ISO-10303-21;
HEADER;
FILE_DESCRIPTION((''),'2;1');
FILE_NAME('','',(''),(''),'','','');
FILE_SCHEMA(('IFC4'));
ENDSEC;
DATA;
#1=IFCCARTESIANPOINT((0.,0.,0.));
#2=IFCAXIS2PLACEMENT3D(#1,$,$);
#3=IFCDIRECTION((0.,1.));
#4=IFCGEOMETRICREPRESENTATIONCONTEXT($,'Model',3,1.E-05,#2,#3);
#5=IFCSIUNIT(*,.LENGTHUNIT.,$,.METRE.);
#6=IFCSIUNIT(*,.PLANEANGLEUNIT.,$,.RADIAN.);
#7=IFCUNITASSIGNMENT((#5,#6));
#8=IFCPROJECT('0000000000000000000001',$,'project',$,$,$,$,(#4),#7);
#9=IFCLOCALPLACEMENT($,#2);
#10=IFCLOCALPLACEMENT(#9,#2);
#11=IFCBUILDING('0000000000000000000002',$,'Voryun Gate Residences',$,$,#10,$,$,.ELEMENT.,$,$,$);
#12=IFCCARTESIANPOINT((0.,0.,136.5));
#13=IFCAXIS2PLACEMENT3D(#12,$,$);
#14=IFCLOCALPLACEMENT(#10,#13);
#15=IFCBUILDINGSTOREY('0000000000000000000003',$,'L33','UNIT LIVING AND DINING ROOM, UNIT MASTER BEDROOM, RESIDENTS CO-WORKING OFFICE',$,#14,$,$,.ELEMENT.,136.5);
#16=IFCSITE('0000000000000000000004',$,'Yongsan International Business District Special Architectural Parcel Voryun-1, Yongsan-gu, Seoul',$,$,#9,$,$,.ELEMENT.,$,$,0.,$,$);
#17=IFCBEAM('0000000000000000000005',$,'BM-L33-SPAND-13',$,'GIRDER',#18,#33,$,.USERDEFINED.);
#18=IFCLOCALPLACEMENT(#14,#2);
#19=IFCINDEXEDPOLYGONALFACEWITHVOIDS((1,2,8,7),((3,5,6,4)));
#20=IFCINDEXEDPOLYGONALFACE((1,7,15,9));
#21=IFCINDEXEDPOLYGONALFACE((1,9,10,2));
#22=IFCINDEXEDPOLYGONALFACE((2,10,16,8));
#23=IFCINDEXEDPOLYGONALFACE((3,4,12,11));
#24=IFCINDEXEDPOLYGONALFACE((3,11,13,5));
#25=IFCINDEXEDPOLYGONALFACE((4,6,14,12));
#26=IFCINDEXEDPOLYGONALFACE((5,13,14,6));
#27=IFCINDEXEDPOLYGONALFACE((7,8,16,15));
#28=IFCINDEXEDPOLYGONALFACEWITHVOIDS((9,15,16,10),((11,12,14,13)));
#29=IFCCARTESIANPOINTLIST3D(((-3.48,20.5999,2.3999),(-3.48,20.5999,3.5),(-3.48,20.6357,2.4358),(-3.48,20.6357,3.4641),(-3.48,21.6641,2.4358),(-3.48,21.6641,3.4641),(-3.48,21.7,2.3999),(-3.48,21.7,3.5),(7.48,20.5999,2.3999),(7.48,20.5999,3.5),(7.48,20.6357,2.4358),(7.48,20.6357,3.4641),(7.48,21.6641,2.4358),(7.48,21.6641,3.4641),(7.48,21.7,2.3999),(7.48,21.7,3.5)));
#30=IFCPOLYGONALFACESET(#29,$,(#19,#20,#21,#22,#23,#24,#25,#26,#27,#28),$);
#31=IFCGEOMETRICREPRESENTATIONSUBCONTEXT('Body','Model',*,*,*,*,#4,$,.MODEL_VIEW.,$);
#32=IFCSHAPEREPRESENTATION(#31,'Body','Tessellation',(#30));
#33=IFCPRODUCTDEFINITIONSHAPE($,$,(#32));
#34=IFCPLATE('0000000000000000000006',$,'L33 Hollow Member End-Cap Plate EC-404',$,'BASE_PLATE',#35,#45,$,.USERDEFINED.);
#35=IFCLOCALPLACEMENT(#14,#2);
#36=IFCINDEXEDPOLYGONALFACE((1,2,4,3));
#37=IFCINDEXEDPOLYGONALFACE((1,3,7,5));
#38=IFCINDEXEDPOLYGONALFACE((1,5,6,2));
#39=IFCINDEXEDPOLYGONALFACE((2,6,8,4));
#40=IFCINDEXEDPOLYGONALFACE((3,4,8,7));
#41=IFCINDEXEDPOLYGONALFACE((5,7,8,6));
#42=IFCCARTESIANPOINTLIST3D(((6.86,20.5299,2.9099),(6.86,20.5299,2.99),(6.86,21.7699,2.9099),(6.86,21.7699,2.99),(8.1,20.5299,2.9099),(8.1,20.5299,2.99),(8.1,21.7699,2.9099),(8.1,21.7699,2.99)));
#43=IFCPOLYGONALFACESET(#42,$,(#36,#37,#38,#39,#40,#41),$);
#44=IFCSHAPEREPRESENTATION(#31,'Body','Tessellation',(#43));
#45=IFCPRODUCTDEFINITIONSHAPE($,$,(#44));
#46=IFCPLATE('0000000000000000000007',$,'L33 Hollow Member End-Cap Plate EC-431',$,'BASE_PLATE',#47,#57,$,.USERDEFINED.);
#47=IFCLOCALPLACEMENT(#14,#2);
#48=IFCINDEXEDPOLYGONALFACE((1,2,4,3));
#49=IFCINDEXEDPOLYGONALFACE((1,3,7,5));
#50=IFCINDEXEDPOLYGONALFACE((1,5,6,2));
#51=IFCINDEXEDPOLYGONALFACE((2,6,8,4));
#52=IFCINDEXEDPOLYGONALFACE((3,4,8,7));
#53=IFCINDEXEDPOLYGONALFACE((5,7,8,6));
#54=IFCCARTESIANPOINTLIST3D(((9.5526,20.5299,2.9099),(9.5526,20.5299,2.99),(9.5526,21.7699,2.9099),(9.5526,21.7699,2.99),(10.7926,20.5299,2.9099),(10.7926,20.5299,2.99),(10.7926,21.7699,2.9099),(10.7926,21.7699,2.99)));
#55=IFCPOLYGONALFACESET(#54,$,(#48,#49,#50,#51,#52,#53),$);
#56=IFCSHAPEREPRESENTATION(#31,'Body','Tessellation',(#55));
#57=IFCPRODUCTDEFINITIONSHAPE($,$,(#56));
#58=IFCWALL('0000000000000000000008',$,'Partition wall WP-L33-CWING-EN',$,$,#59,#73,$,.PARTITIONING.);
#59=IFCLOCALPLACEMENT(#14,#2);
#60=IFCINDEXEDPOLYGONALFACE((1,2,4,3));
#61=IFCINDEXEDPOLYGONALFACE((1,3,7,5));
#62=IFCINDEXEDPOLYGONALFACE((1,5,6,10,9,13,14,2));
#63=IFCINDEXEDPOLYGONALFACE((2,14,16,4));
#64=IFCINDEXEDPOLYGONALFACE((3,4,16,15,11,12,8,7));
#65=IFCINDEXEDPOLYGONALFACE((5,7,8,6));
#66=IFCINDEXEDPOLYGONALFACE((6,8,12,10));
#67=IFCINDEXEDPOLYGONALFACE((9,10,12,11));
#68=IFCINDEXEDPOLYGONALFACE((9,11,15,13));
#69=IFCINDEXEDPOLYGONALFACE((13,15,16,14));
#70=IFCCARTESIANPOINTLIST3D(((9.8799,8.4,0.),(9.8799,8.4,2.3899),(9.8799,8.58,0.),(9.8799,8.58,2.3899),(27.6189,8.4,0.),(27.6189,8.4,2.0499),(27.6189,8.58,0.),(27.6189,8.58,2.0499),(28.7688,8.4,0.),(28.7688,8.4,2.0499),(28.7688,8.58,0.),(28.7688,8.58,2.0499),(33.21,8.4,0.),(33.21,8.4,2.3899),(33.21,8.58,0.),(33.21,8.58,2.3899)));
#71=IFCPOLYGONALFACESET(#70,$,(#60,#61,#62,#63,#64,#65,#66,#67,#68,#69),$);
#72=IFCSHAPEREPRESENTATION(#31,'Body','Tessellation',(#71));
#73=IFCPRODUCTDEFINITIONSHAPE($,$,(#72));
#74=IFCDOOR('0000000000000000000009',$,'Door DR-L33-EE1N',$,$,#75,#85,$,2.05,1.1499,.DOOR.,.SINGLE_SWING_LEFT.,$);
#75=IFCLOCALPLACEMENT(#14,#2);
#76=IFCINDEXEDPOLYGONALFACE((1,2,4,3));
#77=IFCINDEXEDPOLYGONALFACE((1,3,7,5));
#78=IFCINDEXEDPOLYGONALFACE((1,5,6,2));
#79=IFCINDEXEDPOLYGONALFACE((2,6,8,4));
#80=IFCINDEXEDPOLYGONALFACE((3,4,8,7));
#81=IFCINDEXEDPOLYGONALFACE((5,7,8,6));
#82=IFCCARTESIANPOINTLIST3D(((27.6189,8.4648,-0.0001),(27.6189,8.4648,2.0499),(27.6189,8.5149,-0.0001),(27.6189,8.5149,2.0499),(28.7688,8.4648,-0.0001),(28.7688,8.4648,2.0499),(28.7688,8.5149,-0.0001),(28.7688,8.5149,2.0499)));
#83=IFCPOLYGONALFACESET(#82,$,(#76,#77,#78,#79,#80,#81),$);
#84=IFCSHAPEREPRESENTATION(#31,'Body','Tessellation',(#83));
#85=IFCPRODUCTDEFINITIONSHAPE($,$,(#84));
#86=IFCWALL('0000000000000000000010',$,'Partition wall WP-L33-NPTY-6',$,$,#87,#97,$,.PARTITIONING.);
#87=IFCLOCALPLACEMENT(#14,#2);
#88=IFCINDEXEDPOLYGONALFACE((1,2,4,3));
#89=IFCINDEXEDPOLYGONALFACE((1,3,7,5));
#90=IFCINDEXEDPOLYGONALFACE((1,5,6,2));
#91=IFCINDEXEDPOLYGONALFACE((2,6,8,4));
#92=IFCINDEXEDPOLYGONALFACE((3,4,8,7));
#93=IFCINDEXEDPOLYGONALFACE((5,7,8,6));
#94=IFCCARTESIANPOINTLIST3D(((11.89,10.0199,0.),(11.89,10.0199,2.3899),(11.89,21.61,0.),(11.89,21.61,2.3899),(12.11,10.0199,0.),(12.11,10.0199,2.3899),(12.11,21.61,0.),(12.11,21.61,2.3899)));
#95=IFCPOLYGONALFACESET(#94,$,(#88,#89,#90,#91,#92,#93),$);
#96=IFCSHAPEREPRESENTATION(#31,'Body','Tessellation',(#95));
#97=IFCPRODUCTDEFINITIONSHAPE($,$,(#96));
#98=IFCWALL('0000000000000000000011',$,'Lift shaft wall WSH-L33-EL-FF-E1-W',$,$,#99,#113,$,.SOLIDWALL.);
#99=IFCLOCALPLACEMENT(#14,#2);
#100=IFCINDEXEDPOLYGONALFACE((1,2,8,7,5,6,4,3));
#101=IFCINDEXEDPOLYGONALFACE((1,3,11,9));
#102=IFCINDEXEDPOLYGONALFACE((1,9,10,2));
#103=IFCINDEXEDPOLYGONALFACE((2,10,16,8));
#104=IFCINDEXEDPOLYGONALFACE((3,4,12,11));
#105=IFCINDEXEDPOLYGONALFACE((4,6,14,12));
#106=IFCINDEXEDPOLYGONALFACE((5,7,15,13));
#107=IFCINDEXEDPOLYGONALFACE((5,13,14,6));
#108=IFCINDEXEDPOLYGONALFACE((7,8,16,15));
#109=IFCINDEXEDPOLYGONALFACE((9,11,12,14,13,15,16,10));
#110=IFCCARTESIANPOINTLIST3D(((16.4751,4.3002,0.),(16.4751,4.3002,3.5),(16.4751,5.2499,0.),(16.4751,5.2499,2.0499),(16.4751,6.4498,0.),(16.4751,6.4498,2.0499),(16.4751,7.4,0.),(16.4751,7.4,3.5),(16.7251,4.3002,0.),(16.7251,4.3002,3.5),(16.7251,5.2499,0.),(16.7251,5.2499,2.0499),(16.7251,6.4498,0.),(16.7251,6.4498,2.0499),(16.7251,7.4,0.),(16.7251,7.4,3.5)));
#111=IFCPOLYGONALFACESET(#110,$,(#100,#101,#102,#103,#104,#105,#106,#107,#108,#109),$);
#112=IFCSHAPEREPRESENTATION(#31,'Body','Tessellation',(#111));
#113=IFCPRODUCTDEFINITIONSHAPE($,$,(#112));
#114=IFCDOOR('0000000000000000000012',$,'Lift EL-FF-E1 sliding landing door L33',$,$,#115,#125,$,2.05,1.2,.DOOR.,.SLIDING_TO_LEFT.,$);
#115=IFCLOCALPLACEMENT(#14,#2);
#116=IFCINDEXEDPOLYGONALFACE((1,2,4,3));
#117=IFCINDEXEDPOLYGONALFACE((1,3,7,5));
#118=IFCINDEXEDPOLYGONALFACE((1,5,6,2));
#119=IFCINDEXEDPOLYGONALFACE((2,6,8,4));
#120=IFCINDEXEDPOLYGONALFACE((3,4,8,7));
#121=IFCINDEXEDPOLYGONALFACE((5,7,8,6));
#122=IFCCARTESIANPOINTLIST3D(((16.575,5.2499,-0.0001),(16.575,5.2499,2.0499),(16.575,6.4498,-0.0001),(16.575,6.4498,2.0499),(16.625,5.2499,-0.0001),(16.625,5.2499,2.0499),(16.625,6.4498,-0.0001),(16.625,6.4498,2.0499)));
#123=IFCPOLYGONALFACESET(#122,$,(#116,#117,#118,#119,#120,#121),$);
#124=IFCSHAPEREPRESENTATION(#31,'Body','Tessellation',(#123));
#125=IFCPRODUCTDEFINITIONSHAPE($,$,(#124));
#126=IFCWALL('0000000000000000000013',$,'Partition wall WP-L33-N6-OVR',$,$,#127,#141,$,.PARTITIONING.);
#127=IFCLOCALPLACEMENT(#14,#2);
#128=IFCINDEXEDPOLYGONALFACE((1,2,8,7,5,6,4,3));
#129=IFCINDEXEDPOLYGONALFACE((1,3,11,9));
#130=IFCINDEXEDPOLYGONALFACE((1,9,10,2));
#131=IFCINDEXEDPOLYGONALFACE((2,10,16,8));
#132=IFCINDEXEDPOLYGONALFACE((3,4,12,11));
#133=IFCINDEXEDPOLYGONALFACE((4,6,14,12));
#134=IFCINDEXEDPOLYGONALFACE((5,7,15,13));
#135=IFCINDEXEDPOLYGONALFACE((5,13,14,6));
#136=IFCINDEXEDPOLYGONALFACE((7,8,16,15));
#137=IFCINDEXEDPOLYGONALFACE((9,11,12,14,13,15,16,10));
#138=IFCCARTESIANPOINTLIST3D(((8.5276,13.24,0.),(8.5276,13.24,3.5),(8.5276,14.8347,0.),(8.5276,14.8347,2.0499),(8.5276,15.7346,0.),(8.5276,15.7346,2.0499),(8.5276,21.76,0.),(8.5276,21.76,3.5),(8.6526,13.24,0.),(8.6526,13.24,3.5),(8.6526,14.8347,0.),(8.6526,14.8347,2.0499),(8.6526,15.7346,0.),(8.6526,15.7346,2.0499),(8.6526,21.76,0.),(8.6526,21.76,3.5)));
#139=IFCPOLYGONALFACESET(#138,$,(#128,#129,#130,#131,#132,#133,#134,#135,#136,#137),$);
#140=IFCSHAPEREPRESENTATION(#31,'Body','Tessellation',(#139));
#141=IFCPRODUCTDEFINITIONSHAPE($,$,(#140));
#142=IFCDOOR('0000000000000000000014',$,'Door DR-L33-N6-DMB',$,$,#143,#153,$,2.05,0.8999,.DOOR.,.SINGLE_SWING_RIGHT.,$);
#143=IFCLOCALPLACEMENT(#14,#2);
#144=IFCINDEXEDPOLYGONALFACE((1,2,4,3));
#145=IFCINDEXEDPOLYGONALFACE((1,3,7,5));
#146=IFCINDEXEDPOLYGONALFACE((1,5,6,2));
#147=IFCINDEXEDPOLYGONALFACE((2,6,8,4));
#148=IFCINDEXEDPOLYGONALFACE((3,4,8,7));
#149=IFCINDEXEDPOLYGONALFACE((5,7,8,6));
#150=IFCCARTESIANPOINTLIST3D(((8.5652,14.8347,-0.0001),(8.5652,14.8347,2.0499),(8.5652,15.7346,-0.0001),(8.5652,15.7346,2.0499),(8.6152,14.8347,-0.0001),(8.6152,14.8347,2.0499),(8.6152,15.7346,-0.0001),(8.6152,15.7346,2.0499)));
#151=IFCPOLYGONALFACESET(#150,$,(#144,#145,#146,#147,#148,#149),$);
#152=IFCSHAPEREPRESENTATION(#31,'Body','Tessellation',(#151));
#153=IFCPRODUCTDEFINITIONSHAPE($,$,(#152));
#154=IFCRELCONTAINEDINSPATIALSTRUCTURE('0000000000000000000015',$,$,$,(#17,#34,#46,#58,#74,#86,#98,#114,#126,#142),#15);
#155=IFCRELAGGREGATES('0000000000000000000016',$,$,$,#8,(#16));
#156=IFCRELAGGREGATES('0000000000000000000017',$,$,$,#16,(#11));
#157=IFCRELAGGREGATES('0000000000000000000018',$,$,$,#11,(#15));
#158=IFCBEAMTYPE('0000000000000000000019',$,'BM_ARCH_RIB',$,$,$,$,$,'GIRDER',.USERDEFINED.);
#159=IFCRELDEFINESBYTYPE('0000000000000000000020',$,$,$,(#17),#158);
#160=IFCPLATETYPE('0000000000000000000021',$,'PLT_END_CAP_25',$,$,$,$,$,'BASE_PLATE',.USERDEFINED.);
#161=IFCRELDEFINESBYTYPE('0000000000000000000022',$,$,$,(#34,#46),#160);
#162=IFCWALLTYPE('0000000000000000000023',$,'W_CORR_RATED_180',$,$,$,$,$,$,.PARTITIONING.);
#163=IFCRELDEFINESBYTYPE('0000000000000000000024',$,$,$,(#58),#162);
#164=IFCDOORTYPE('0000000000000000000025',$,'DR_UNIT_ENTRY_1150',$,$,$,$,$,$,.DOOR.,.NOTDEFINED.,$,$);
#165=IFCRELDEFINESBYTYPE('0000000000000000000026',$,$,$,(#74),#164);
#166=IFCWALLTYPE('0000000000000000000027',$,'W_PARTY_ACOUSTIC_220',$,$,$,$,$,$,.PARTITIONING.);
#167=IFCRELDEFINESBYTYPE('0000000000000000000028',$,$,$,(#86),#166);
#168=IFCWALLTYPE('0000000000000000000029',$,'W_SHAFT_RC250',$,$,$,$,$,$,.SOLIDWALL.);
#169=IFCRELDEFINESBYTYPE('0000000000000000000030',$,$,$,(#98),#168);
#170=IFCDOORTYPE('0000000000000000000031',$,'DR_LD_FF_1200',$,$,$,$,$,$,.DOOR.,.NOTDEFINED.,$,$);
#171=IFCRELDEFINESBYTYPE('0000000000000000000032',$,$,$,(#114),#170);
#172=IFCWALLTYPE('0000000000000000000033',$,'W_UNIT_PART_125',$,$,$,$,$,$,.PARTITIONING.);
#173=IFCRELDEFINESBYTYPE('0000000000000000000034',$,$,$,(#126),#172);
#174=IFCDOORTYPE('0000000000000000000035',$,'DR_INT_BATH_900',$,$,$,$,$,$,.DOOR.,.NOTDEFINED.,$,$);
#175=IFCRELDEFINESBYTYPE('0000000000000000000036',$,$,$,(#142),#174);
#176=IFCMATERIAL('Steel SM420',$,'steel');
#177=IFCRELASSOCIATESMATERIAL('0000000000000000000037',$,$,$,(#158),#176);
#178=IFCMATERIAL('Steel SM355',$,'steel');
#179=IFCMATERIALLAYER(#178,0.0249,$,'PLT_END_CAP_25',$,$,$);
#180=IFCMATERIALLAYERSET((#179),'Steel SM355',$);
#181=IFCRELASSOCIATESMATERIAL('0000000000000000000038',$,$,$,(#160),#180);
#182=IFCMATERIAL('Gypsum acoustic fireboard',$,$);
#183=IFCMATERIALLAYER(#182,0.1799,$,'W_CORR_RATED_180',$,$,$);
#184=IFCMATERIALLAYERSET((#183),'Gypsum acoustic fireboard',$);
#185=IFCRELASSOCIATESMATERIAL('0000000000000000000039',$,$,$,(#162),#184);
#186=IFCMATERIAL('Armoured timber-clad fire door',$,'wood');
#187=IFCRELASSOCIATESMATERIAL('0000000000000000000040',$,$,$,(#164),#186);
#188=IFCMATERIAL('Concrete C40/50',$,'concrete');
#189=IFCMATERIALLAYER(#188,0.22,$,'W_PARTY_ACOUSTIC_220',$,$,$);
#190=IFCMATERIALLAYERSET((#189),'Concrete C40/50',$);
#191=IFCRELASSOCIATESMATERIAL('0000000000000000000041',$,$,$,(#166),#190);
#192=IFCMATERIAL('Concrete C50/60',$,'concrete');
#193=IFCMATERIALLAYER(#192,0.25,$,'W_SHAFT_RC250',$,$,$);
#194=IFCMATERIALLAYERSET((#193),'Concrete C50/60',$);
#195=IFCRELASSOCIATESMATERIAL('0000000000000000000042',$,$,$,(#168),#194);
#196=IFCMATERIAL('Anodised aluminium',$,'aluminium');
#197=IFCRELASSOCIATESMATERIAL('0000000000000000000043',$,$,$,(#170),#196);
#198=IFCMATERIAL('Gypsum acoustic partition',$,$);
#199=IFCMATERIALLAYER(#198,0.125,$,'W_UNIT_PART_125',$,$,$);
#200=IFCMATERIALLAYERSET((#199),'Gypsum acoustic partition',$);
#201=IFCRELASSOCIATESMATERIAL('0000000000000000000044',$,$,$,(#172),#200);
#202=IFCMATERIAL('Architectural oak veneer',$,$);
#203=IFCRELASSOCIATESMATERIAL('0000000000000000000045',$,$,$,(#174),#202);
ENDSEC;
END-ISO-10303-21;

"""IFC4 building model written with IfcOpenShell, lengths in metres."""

from ifc_helpers import new_model, si_unit, direction, frame, frame_2d, origin, origin_2d, place, context, subcontext, project, spatial, rectangle, hollow_rectangle, extrude, material, layer, layer_set, material_profile, profile_set, type_object, element, fill, save


model = new_model("IFC4")

# Units and contexts
model_context = context("Model", 3, precision=1e-05, world=origin(), true_north=direction((0.0, 1.0)))
body_context = subcontext(model_context, "Body", "Model", "MODEL_VIEW")
ifc_project = project(units=[si_unit("LENGTHUNIT", "METRE"), si_unit("PLANEANGLEUNIT", "RADIAN")], contexts=[model_context])

# Site, building, storey
site_placement = place(None, origin())
site = spatial("IfcSite", under=ifc_project, at=site_placement, Name="Yongsan International Business District Special Architectural Parcel Voryun-1, Yongsan-gu, Seoul", CompositionType="ELEMENT", RefElevation=0.0)
building_placement = place(site_placement, origin())
building = spatial("IfcBuilding", under=site, at=building_placement, Name="Voryun Gate Residences", CompositionType="ELEMENT")
storey_placement = place(building_placement, frame((0.0, 0.0, 136.5)))
storey = spatial("IfcBuildingStorey", under=building, at=storey_placement, Name="L33", Description="UNIT LIVING AND DINING ROOM, UNIT MASTER BEDROOM, RESIDENTS CO-WORKING OFFICE", CompositionType="ELEMENT", Elevation=136.5)

# Beam
ifc_material_1 = material(Name="Steel SM420", Category="steel")
ifc_material_profile = material_profile(ifc_material_1, hollow_rectangle(XDim=1.1001, YDim=1.1001, WallThickness=0.0359, at=origin_2d()), Name="BOX-1100x1100x36")
ifc_profile_set = profile_set([ifc_material_profile], Name="Steel SM420")
beam_type = type_object("IfcBeamType", Name="BM_ARCH_RIB", ElementType="GIRDER", PredefinedType="USERDEFINED", material=ifc_profile_set)
beam_placement = place(storey_placement, frame((7.48, 21.1499, 2.95), z_axis=(-1.0, 0.0, 0.0), x_axis=(0.0, -1.0, 0.0)))
element("IfcBeam", 1, at=beam_placement, inside=storey, type_object=beam_type, Name="BM-L33-SPAND-13", ObjectType="GIRDER", PredefinedType="USERDEFINED", context=body_context, shape_type="SweptSolid", body=[
    extrude(hollow_rectangle(XDim=1.1001, YDim=1.1001, WallThickness=0.0359, at=origin_2d()), origin(), (0.0, 0.0, 1.0), 10.96),
])

# Plates
ifc_material_2 = material(Name="Steel SM355", Category="steel")
ifc_layer_1 = layer(ifc_material_2, 0.0249, Name="PLT_END_CAP_25")
ifc_layer_set_1 = layer_set([ifc_layer_1], Name="Steel SM355")
plate_type = type_object("IfcPlateType", Name="PLT_END_CAP_25", ElementType="BASE_PLATE", PredefinedType="USERDEFINED", material=ifc_layer_set_1)
for number, where, z_axis, x_axis, name in (
    (2, (7.48, 21.1499, 2.9099), (0.0, 0.0, 1.0), (1.0, 0.0, 0.0), "L33 Hollow Member End-Cap Plate EC-404"),
    (3, (10.1726, 21.1499, 2.9099), (0.0, 0.0, 1.0), (1.0, 0.0, 0.0), "L33 Hollow Member End-Cap Plate EC-431"),
):
    element("IfcPlate", number, at=place(storey_placement, frame(where, z_axis=z_axis, x_axis=x_axis)), inside=storey, type_object=plate_type, Name=name, ObjectType="BASE_PLATE", PredefinedType="USERDEFINED", context=body_context, shape_type="SweptSolid", body=[
        extrude(rectangle(XDim=1.24, YDim=1.24, at=origin_2d()), origin(), (0.0, 0.0, 1.0), 0.0801),
    ])

# Wall, opening, door
ifc_material_3 = material(Name="Gypsum acoustic fireboard")
ifc_layer_2 = layer(ifc_material_3, 0.1799, Name="W_CORR_RATED_180")
ifc_layer_set_2 = layer_set([ifc_layer_2], Name="Gypsum acoustic fireboard")
wall_type_1 = type_object("IfcWallType", Name="W_CORR_RATED_180", PredefinedType="PARTITIONING", material=ifc_layer_set_2)
wall_1_placement = place(storey_placement, frame((9.8799, 8.49, 0.0), z_axis=(0.0, 0.0, 1.0), x_axis=(1.0, 0.0, 0.0)))
wall_1 = element("IfcWall", 4, at=wall_1_placement, inside=storey, type_object=wall_type_1, Name="Partition wall WP-L33-CWING-EN", PredefinedType="PARTITIONING", context=body_context, shape_type="SweptSolid", body=[
    extrude(rectangle(XDim=23.3301, YDim=0.1799, at=frame_2d((11.665, 0.0))), origin(), (0.0, 0.0, 1.0), 2.3899),
])
opening_1_placement = place(wall_1_placement, frame((17.739, 0.0, 0.0)))
opening_1 = element("IfcOpeningElement", 5, at=opening_1_placement, cuts=wall_1, PredefinedType="OPENING", context=body_context, shape_type="SweptSolid", body=[
    extrude(rectangle(XDim=1.1499, YDim=2.05, at=frame_2d((0.575, 1.0249))), frame((0.0, 0.0999, 0.0), z_axis=(0.0, -1.0, 0.0), x_axis=(1.0, 0.0, 0.0)), (0.0, 0.0, 1.0), 0.2),
])
ifc_material_4 = material(Name="Armoured timber-clad fire door", Category="wood")
door_type_1 = type_object("IfcDoorType", Name="DR_UNIT_ENTRY_1150", OperationType="NOTDEFINED", PredefinedType="DOOR", material=ifc_material_4)
door_1_placement = place(opening_1_placement, origin())
door_1 = element("IfcDoor", 6, at=door_1_placement, inside=storey, type_object=door_type_1, Name="Door DR-L33-EE1N", OperationType="SINGLE_SWING_LEFT", OverallHeight=2.05, OverallWidth=1.1499, PredefinedType="DOOR", context=body_context, shape_type="SweptSolid", body=[
    extrude(rectangle(XDim=1.1499, YDim=2.05, at=frame_2d((0.575, 1.0249))), frame((0.0, 0.0249, 0.0), z_axis=(0.0, -1.0, 0.0), x_axis=(1.0, 0.0, 0.0)), (0.0, 0.0, 1.0), 0.05),
])
fill(opening_1, door_1)

# Wall
ifc_material_5 = material(Name="Concrete C40/50", Category="concrete")
ifc_layer_3 = layer(ifc_material_5, 0.22, Name="W_PARTY_ACOUSTIC_220")
ifc_layer_set_3 = layer_set([ifc_layer_3], Name="Concrete C40/50")
wall_type_2 = type_object("IfcWallType", Name="W_PARTY_ACOUSTIC_220", PredefinedType="PARTITIONING", material=ifc_layer_set_3)
wall_2_placement = place(storey_placement, frame((12.0, 10.02, 0.0), z_axis=(0.0, 0.0, 1.0), x_axis=(0.0, 1.0, 0.0)))
element("IfcWall", 7, at=wall_2_placement, inside=storey, type_object=wall_type_2, Name="Partition wall WP-L33-NPTY-6", PredefinedType="PARTITIONING", context=body_context, shape_type="SweptSolid", body=[
    extrude(rectangle(XDim=11.5901, YDim=0.22, at=frame_2d((5.7949, 0.0))), origin(), (0.0, 0.0, 1.0), 2.3899),
])

# Walls, openings, doors
ifc_material_6 = material(Name="Concrete C50/60", Category="concrete")
ifc_layer_4 = layer(ifc_material_6, 0.25, Name="W_SHAFT_RC250")
ifc_layer_set_4 = layer_set([ifc_layer_4], Name="Concrete C50/60")
wall_type_3 = type_object("IfcWallType", Name="W_SHAFT_RC250", PredefinedType="SOLIDWALL", material=ifc_layer_set_4)
wall_3_placement = place(storey_placement, frame((16.6001, 7.3999, 0.0), z_axis=(0.0, 0.0, 1.0), x_axis=(0.0, -1.0, 0.0)))
wall_3 = element("IfcWall", 8, at=wall_3_placement, inside=storey, type_object=wall_type_3, Name="Lift shaft wall WSH-L33-EL-FF-E1-W", PredefinedType="SOLIDWALL", context=body_context, shape_type="SweptSolid", body=[
    extrude(rectangle(XDim=3.0999, YDim=0.25, at=frame_2d((1.5498, 0.0))), origin(), (0.0, 0.0, 1.0), 3.5),
])
opening_2_placement = place(wall_3_placement, frame((0.95, 0.0, 0.0)))
opening_2 = element("IfcOpeningElement", 9, at=opening_2_placement, cuts=wall_3, PredefinedType="OPENING", context=body_context, shape_type="SweptSolid", body=[
    extrude(rectangle(XDim=1.2, YDim=2.05, at=frame_2d((0.6001, 1.0249))), frame((0.0, 0.135, 0.0), z_axis=(0.0, -1.0, 0.0), x_axis=(1.0, 0.0, 0.0)), (0.0, 0.0, 1.0), 0.27),
])
ifc_material_7 = material(Name="Anodised aluminium", Category="aluminium")
door_type_2 = type_object("IfcDoorType", Name="DR_LD_FF_1200", OperationType="NOTDEFINED", PredefinedType="DOOR", material=ifc_material_7)
door_2_placement = place(opening_2_placement, origin())
door_2 = element("IfcDoor", 10, at=door_2_placement, inside=storey, type_object=door_type_2, Name="Lift EL-FF-E1 sliding landing door L33", OperationType="SLIDING_TO_LEFT", OverallHeight=2.05, OverallWidth=1.2, PredefinedType="DOOR", context=body_context, shape_type="SweptSolid", body=[
    extrude(rectangle(XDim=1.2, YDim=2.05, at=frame_2d((0.6001, 1.0249))), frame((0.0, 0.0249, 0.0), z_axis=(0.0, -1.0, 0.0), x_axis=(1.0, 0.0, 0.0)), (0.0, 0.0, 1.0), 0.05),
])
fill(opening_2, door_2)
ifc_material_8 = material(Name="Gypsum acoustic partition")
ifc_layer_5 = layer(ifc_material_8, 0.125, Name="W_UNIT_PART_125")
ifc_layer_set_5 = layer_set([ifc_layer_5], Name="Gypsum acoustic partition")
wall_type_4 = type_object("IfcWallType", Name="W_UNIT_PART_125", PredefinedType="PARTITIONING", material=ifc_layer_set_5)
wall_4_placement = place(storey_placement, frame((8.5901, 13.24, 0.0), z_axis=(0.0, 0.0, 1.0), x_axis=(0.0, 1.0, 0.0)))
wall_4 = element("IfcWall", 11, at=wall_4_placement, inside=storey, type_object=wall_type_4, Name="Partition wall WP-L33-N6-OVR", PredefinedType="PARTITIONING", context=body_context, shape_type="SweptSolid", body=[
    extrude(rectangle(XDim=8.52, YDim=0.125, at=frame_2d((4.26, 0.0))), origin(), (0.0, 0.0, 1.0), 3.5),
])
opening_3_placement = place(wall_4_placement, frame((1.5947, 0.0, 0.0)))
opening_3 = element("IfcOpeningElement", 12, at=opening_3_placement, cuts=wall_4, PredefinedType="OPENING", context=body_context, shape_type="SweptSolid", body=[
    extrude(rectangle(XDim=0.8999, YDim=2.05, at=frame_2d((0.45, 1.0249))), frame((0.0, 0.0725, 0.0), z_axis=(0.0, -1.0, 0.0), x_axis=(1.0, 0.0, 0.0)), (0.0, 0.0, 1.0), 0.145),
])
ifc_material_9 = material(Name="Architectural oak veneer")
door_type_3 = type_object("IfcDoorType", Name="DR_INT_BATH_900", OperationType="NOTDEFINED", PredefinedType="DOOR", material=ifc_material_9)
door_3_placement = place(opening_3_placement, origin())
door_3 = element("IfcDoor", 13, at=door_3_placement, inside=storey, type_object=door_type_3, Name="Door DR-L33-N6-DMB", OperationType="SINGLE_SWING_RIGHT", OverallHeight=2.05, OverallWidth=0.8999, PredefinedType="DOOR", context=body_context, shape_type="SweptSolid", body=[
    extrude(rectangle(XDim=0.8999, YDim=2.05, at=frame_2d((0.45, 1.0249))), frame((0.0, 0.0249, 0.0), z_axis=(0.0, -1.0, 0.0), x_axis=(1.0, 0.0, 0.0)), (0.0, 0.0, 1.0), 0.05),
])
fill(opening_3, door_3)

save(model, "model.ifc")
